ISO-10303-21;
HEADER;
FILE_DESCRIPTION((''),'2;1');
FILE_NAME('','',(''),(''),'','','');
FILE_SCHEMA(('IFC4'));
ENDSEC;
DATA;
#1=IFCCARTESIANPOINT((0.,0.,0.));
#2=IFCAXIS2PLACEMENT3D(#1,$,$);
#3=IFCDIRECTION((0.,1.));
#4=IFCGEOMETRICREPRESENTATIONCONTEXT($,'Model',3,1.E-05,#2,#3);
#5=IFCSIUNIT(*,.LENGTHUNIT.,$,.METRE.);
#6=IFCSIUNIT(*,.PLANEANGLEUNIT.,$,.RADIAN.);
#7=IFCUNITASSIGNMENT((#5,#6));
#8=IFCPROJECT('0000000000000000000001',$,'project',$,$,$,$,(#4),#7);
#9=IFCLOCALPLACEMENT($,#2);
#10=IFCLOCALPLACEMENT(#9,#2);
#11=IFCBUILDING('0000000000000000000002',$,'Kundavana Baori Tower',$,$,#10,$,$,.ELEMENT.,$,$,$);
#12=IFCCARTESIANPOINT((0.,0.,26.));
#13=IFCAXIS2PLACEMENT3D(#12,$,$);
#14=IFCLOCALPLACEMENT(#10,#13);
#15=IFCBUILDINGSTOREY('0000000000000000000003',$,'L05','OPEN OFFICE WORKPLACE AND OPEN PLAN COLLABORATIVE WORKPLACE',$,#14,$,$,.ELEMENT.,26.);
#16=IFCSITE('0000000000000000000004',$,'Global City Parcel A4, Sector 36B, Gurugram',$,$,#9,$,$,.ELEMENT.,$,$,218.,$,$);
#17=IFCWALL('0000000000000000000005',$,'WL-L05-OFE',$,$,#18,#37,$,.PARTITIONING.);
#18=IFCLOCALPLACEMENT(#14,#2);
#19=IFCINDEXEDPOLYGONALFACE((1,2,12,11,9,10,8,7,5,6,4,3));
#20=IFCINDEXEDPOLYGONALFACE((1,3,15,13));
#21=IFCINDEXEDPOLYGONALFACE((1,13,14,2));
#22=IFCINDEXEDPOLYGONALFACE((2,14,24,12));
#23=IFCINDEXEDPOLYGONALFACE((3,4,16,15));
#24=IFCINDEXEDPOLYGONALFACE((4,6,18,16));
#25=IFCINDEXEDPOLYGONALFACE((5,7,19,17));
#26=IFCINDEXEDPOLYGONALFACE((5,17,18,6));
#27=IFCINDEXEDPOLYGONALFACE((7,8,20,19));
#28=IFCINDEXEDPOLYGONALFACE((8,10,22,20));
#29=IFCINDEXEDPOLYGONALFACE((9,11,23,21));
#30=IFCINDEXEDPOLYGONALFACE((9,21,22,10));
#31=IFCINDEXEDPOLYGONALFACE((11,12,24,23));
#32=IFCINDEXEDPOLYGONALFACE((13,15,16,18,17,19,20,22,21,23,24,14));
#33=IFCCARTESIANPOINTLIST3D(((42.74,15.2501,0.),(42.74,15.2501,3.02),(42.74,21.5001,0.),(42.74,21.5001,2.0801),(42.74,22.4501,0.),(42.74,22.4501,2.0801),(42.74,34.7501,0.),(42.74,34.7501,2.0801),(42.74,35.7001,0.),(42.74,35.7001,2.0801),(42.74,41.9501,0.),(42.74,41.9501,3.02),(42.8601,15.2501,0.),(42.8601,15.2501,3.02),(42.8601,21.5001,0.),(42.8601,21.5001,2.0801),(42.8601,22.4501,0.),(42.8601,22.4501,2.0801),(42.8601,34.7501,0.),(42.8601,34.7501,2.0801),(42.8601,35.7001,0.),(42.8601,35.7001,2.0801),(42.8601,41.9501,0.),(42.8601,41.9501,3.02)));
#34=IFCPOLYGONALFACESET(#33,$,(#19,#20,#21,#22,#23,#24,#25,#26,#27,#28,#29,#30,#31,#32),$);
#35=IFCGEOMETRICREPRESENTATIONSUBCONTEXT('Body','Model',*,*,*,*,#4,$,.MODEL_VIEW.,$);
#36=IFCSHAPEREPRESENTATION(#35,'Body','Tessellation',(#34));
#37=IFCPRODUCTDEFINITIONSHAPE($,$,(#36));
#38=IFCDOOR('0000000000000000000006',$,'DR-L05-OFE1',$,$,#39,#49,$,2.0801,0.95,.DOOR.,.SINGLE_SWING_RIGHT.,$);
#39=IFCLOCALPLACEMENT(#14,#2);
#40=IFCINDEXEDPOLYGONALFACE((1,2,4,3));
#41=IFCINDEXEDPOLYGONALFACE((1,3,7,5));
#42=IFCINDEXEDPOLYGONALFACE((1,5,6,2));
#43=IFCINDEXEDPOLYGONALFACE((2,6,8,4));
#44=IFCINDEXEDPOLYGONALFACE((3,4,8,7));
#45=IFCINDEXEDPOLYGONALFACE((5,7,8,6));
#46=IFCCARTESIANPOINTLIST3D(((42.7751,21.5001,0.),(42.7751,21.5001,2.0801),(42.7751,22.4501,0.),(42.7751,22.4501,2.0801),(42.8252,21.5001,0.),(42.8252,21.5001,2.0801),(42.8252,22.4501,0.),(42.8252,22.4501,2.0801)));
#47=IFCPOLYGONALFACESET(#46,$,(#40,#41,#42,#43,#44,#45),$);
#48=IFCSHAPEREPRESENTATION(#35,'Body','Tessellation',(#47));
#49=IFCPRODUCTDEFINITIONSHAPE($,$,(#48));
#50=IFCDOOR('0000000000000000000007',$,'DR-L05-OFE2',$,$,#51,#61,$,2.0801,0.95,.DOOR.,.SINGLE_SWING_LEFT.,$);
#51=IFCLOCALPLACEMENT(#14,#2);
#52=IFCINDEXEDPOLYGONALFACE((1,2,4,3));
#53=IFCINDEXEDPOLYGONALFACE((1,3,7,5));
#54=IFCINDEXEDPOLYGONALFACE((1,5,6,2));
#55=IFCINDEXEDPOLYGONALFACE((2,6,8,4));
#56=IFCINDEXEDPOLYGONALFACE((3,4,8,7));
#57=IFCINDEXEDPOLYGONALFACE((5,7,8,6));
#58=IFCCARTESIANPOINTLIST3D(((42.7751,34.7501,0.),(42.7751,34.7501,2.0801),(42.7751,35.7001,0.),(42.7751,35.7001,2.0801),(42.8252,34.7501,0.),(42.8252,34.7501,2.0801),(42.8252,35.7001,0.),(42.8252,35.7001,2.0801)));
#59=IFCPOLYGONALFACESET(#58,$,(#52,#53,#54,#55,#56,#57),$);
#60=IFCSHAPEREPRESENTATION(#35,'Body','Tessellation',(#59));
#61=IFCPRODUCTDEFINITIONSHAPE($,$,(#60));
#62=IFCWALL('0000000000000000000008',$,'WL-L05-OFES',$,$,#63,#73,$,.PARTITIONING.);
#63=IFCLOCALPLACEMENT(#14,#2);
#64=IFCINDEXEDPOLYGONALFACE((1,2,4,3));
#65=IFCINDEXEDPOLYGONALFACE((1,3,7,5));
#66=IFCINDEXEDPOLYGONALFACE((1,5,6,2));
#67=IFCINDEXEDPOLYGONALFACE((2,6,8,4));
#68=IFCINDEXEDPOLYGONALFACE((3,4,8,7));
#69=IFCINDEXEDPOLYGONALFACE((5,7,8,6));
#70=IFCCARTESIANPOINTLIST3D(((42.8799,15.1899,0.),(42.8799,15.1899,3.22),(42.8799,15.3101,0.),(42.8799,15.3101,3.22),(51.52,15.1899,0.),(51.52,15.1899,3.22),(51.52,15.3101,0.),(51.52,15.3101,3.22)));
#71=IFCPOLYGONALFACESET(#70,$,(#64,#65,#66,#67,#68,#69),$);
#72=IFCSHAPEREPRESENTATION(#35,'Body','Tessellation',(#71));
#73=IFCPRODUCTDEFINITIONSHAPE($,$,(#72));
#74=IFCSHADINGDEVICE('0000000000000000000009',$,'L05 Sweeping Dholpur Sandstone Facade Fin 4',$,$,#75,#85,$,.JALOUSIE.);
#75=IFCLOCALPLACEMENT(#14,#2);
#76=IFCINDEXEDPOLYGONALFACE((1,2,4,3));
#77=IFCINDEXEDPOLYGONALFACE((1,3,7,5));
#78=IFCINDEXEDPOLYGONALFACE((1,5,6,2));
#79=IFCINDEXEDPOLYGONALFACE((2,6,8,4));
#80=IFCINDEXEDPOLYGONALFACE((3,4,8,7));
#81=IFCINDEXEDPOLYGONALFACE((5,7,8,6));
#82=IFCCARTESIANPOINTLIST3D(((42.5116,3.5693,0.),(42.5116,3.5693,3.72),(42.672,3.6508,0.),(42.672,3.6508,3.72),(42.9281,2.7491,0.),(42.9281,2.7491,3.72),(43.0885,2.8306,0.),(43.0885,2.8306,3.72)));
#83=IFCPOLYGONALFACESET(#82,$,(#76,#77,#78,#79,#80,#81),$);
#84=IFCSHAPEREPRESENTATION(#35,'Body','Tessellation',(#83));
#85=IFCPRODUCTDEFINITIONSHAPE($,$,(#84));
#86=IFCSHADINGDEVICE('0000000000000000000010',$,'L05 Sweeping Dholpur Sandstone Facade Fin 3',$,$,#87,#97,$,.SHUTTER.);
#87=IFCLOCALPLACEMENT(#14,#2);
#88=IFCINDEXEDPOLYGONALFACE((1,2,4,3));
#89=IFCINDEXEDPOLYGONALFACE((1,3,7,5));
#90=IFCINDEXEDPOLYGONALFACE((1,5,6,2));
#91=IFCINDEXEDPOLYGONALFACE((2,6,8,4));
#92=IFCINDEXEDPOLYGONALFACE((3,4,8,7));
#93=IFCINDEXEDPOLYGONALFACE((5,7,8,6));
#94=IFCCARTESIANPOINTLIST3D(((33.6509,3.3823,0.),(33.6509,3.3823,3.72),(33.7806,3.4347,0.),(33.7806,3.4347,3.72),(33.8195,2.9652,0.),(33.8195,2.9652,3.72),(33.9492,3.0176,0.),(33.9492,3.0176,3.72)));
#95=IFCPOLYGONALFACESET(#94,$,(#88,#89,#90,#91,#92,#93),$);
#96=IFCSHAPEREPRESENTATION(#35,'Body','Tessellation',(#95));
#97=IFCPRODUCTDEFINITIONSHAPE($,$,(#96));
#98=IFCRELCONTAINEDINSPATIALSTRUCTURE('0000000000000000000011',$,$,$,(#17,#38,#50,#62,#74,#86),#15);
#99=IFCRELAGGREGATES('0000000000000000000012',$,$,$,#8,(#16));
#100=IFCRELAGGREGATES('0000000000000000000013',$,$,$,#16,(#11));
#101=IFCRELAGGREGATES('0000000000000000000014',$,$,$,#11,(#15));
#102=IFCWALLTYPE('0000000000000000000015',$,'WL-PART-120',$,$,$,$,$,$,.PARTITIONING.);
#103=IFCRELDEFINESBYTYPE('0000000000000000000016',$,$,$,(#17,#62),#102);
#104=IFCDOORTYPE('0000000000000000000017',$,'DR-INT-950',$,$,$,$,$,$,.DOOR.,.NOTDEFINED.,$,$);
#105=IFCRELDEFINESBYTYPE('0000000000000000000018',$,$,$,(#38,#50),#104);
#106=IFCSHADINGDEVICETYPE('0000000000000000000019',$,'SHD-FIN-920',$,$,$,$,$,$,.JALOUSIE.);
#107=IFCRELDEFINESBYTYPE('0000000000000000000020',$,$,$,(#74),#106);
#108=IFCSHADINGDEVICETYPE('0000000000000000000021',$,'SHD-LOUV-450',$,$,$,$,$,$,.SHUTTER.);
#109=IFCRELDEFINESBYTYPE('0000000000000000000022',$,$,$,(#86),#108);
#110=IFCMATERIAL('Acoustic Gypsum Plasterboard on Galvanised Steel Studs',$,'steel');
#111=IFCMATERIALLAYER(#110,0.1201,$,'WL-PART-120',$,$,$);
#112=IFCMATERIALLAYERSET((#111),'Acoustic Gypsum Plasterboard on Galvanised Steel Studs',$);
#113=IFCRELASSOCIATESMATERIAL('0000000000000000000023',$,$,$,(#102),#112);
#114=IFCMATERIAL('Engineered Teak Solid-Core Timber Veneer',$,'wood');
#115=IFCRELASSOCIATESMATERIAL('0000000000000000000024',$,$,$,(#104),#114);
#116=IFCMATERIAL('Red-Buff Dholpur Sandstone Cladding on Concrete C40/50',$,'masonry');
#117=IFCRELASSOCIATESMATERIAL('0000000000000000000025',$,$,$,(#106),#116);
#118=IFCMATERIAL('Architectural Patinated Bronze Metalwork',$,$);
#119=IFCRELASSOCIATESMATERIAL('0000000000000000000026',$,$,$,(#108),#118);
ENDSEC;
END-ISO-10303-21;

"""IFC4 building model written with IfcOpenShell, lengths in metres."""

from ifc_helpers import new_model, si_unit, direction, frame, frame_2d, origin, origin_2d, place, context, subcontext, project, spatial, rectangle, extrude, material, layer, layer_set, type_object, element, fill, save


model = new_model("IFC4")

# Units and contexts
model_context = context("Model", 3, precision=1e-05, world=origin(), true_north=direction((0.0, 1.0)))
body_context = subcontext(model_context, "Body", "Model", "MODEL_VIEW")
ifc_project = project(units=[si_unit("LENGTHUNIT", "METRE"), si_unit("PLANEANGLEUNIT", "RADIAN")], contexts=[model_context])

# Site, building, storey
site_placement = place(None, origin())
site = spatial("IfcSite", under=ifc_project, at=site_placement, Name="Global City Parcel A4, Sector 36B, Gurugram", CompositionType="ELEMENT", RefElevation=218.0)
building_placement = place(site_placement, origin())
building = spatial("IfcBuilding", under=site, at=building_placement, Name="Kundavana Baori Tower", CompositionType="ELEMENT")
storey_placement = place(building_placement, frame((0.0, 0.0, 26.0)))
storey = spatial("IfcBuildingStorey", under=building, at=storey_placement, Name="L05", Description="OPEN OFFICE WORKPLACE AND OPEN PLAN COLLABORATIVE WORKPLACE", CompositionType="ELEMENT", Elevation=26.0)

# Shared definitions
ifc_material_1 = material(Name="Acoustic Gypsum Plasterboard on Galvanised Steel Studs", Category="steel")
ifc_layer_1 = layer(ifc_material_1, 0.1201, Name="WL-PART-120")
ifc_layer_set_1 = layer_set([ifc_layer_1], Name="Acoustic Gypsum Plasterboard on Galvanised Steel Studs")
wall_type_1 = type_object("IfcWallType", Name="WL-PART-120", PredefinedType="PARTITIONING", material=ifc_layer_set_1)

# Wall, openings, doors
wall_1_placement = place(storey_placement, frame((42.8, 15.25, 0.0), z_axis=(0.0, 0.0, 1.0), x_axis=(0.0, 1.0, 0.0)))
wall_1 = element("IfcWall", 1, at=wall_1_placement, inside=storey, type_object=wall_type_1, Name="WL-L05-OFE", PredefinedType="PARTITIONING", context=body_context, shape_type="SweptSolid", body=[
    extrude(rectangle(XDim=26.7, YDim=0.1201, at=frame_2d((13.3501, 0.0))), origin(), (0.0, 0.0, 1.0), 3.02),
])
opening_1_placement = place(wall_1_placement, frame((6.25, 0.0, 0.0)))
opening_1 = element("IfcOpeningElement", 2, at=opening_1_placement, cuts=wall_1, PredefinedType="OPENING", context=body_context, shape_type="SweptSolid", body=[
    extrude(rectangle(XDim=0.95, YDim=2.0801, at=frame_2d((0.4751, 1.04))), frame((0.0, 0.0701, 0.0), z_axis=(0.0, -1.0, 0.0), x_axis=(1.0, 0.0, 0.0)), (0.0, 0.0, 1.0), 0.1401),
])
opening_2_placement = place(wall_1_placement, frame((19.5, 0.0, 0.0)))
opening_2 = element("IfcOpeningElement", 3, at=opening_2_placement, cuts=wall_1, PredefinedType="OPENING", context=body_context, shape_type="SweptSolid", body=[
    extrude(rectangle(XDim=0.95, YDim=2.0801, at=frame_2d((0.4751, 1.04))), frame((0.0, 0.0701, 0.0), z_axis=(0.0, -1.0, 0.0), x_axis=(1.0, 0.0, 0.0)), (0.0, 0.0, 1.0), 0.1401),
])
ifc_material_2 = material(Name="Engineered Teak Solid-Core Timber Veneer", Category="wood")
door_type_1 = type_object("IfcDoorType", Name="DR-INT-950", OperationType="NOTDEFINED", PredefinedType="DOOR", material=ifc_material_2)
door_1_placement = place(opening_1_placement, origin())
door_1 = element("IfcDoor", 4, at=door_1_placement, inside=storey, type_object=door_type_1, Name="DR-L05-OFE1", OperationType="SINGLE_SWING_RIGHT", OverallHeight=2.0801, OverallWidth=0.95, PredefinedType="DOOR", context=body_context, shape_type="SweptSolid", body=[
    extrude(rectangle(XDim=0.95, YDim=2.0801, at=frame_2d((0.4751, 1.04))), frame((0.0, 0.0249, 0.0), z_axis=(0.0, -1.0, 0.0), x_axis=(1.0, 0.0, 0.0)), (0.0, 0.0, 1.0), 0.05),
])
fill(opening_1, door_1)
door_2_placement = place(opening_2_placement, origin())
door_2 = element("IfcDoor", 5, at=door_2_placement, inside=storey, type_object=door_type_1, Name="DR-L05-OFE2", OperationType="SINGLE_SWING_LEFT", OverallHeight=2.0801, OverallWidth=0.95, PredefinedType="DOOR", context=body_context, shape_type="SweptSolid", body=[
    extrude(rectangle(XDim=0.95, YDim=2.0801, at=frame_2d((0.4751, 1.04))), frame((0.0, 0.0249, 0.0), z_axis=(0.0, -1.0, 0.0), x_axis=(1.0, 0.0, 0.0)), (0.0, 0.0, 1.0), 0.05),
])
fill(opening_2, door_2)

# Wall
wall_2_placement = place(storey_placement, frame((42.8799, 15.25, 0.0), z_axis=(0.0, 0.0, 1.0), x_axis=(1.0, 0.0, 0.0)))
element("IfcWall", 6, at=wall_2_placement, inside=storey, type_object=wall_type_1, Name="WL-L05-OFES", PredefinedType="PARTITIONING", context=body_context, shape_type="SweptSolid", body=[
    extrude(rectangle(XDim=8.6401, YDim=0.1201, at=frame_2d((4.3201, 0.0))), origin(), (0.0, 0.0, 1.0), 3.22),
])

# Shading devices
ifc_material_3 = material(Name="Red-Buff Dholpur Sandstone Cladding on Concrete C40/50", Category="masonry")
shading_device_type_1 = type_object("IfcShadingDeviceType", Name="SHD-FIN-920", PredefinedType="JALOUSIE", material=ifc_material_3)
shading_device_1_placement = place(storey_placement, frame((42.8, 3.2, 0.0), z_axis=(0.0, 0.0, 1.0), x_axis=(0.89164, 0.452746, 0.0)))
element("IfcShadingDevice", 7, at=shading_device_1_placement, inside=storey, type_object=shading_device_type_1, Name="L05 Sweeping Dholpur Sandstone Facade Fin 4", PredefinedType="JALOUSIE", context=body_context, shape_type="SweptSolid", body=[
    extrude(rectangle(XDim=0.1799, YDim=0.9199, at=origin_2d()), origin(), (0.0, 0.0, 1.0), 3.72),
])
ifc_material_4 = material(Name="Architectural Patinated Bronze Metalwork")
shading_device_type_2 = type_object("IfcShadingDeviceType", Name="SHD-LOUV-450", PredefinedType="SHUTTER", material=ifc_material_4)
shading_device_2_placement = place(storey_placement, frame((33.8, 3.2, 0.0), z_axis=(0.0, 0.0, 1.0), x_axis=(0.927118, 0.374768, 0.0)))
element("IfcShadingDevice", 8, at=shading_device_2_placement, inside=storey, type_object=shading_device_type_2, Name="L05 Sweeping Dholpur Sandstone Facade Fin 3", PredefinedType="SHUTTER", context=body_context, shape_type="SweptSolid", body=[
    extrude(rectangle(XDim=0.1399, YDim=0.45, at=origin_2d()), origin(), (0.0, 0.0, 1.0), 3.72),
])

save(model, "model.ifc")
